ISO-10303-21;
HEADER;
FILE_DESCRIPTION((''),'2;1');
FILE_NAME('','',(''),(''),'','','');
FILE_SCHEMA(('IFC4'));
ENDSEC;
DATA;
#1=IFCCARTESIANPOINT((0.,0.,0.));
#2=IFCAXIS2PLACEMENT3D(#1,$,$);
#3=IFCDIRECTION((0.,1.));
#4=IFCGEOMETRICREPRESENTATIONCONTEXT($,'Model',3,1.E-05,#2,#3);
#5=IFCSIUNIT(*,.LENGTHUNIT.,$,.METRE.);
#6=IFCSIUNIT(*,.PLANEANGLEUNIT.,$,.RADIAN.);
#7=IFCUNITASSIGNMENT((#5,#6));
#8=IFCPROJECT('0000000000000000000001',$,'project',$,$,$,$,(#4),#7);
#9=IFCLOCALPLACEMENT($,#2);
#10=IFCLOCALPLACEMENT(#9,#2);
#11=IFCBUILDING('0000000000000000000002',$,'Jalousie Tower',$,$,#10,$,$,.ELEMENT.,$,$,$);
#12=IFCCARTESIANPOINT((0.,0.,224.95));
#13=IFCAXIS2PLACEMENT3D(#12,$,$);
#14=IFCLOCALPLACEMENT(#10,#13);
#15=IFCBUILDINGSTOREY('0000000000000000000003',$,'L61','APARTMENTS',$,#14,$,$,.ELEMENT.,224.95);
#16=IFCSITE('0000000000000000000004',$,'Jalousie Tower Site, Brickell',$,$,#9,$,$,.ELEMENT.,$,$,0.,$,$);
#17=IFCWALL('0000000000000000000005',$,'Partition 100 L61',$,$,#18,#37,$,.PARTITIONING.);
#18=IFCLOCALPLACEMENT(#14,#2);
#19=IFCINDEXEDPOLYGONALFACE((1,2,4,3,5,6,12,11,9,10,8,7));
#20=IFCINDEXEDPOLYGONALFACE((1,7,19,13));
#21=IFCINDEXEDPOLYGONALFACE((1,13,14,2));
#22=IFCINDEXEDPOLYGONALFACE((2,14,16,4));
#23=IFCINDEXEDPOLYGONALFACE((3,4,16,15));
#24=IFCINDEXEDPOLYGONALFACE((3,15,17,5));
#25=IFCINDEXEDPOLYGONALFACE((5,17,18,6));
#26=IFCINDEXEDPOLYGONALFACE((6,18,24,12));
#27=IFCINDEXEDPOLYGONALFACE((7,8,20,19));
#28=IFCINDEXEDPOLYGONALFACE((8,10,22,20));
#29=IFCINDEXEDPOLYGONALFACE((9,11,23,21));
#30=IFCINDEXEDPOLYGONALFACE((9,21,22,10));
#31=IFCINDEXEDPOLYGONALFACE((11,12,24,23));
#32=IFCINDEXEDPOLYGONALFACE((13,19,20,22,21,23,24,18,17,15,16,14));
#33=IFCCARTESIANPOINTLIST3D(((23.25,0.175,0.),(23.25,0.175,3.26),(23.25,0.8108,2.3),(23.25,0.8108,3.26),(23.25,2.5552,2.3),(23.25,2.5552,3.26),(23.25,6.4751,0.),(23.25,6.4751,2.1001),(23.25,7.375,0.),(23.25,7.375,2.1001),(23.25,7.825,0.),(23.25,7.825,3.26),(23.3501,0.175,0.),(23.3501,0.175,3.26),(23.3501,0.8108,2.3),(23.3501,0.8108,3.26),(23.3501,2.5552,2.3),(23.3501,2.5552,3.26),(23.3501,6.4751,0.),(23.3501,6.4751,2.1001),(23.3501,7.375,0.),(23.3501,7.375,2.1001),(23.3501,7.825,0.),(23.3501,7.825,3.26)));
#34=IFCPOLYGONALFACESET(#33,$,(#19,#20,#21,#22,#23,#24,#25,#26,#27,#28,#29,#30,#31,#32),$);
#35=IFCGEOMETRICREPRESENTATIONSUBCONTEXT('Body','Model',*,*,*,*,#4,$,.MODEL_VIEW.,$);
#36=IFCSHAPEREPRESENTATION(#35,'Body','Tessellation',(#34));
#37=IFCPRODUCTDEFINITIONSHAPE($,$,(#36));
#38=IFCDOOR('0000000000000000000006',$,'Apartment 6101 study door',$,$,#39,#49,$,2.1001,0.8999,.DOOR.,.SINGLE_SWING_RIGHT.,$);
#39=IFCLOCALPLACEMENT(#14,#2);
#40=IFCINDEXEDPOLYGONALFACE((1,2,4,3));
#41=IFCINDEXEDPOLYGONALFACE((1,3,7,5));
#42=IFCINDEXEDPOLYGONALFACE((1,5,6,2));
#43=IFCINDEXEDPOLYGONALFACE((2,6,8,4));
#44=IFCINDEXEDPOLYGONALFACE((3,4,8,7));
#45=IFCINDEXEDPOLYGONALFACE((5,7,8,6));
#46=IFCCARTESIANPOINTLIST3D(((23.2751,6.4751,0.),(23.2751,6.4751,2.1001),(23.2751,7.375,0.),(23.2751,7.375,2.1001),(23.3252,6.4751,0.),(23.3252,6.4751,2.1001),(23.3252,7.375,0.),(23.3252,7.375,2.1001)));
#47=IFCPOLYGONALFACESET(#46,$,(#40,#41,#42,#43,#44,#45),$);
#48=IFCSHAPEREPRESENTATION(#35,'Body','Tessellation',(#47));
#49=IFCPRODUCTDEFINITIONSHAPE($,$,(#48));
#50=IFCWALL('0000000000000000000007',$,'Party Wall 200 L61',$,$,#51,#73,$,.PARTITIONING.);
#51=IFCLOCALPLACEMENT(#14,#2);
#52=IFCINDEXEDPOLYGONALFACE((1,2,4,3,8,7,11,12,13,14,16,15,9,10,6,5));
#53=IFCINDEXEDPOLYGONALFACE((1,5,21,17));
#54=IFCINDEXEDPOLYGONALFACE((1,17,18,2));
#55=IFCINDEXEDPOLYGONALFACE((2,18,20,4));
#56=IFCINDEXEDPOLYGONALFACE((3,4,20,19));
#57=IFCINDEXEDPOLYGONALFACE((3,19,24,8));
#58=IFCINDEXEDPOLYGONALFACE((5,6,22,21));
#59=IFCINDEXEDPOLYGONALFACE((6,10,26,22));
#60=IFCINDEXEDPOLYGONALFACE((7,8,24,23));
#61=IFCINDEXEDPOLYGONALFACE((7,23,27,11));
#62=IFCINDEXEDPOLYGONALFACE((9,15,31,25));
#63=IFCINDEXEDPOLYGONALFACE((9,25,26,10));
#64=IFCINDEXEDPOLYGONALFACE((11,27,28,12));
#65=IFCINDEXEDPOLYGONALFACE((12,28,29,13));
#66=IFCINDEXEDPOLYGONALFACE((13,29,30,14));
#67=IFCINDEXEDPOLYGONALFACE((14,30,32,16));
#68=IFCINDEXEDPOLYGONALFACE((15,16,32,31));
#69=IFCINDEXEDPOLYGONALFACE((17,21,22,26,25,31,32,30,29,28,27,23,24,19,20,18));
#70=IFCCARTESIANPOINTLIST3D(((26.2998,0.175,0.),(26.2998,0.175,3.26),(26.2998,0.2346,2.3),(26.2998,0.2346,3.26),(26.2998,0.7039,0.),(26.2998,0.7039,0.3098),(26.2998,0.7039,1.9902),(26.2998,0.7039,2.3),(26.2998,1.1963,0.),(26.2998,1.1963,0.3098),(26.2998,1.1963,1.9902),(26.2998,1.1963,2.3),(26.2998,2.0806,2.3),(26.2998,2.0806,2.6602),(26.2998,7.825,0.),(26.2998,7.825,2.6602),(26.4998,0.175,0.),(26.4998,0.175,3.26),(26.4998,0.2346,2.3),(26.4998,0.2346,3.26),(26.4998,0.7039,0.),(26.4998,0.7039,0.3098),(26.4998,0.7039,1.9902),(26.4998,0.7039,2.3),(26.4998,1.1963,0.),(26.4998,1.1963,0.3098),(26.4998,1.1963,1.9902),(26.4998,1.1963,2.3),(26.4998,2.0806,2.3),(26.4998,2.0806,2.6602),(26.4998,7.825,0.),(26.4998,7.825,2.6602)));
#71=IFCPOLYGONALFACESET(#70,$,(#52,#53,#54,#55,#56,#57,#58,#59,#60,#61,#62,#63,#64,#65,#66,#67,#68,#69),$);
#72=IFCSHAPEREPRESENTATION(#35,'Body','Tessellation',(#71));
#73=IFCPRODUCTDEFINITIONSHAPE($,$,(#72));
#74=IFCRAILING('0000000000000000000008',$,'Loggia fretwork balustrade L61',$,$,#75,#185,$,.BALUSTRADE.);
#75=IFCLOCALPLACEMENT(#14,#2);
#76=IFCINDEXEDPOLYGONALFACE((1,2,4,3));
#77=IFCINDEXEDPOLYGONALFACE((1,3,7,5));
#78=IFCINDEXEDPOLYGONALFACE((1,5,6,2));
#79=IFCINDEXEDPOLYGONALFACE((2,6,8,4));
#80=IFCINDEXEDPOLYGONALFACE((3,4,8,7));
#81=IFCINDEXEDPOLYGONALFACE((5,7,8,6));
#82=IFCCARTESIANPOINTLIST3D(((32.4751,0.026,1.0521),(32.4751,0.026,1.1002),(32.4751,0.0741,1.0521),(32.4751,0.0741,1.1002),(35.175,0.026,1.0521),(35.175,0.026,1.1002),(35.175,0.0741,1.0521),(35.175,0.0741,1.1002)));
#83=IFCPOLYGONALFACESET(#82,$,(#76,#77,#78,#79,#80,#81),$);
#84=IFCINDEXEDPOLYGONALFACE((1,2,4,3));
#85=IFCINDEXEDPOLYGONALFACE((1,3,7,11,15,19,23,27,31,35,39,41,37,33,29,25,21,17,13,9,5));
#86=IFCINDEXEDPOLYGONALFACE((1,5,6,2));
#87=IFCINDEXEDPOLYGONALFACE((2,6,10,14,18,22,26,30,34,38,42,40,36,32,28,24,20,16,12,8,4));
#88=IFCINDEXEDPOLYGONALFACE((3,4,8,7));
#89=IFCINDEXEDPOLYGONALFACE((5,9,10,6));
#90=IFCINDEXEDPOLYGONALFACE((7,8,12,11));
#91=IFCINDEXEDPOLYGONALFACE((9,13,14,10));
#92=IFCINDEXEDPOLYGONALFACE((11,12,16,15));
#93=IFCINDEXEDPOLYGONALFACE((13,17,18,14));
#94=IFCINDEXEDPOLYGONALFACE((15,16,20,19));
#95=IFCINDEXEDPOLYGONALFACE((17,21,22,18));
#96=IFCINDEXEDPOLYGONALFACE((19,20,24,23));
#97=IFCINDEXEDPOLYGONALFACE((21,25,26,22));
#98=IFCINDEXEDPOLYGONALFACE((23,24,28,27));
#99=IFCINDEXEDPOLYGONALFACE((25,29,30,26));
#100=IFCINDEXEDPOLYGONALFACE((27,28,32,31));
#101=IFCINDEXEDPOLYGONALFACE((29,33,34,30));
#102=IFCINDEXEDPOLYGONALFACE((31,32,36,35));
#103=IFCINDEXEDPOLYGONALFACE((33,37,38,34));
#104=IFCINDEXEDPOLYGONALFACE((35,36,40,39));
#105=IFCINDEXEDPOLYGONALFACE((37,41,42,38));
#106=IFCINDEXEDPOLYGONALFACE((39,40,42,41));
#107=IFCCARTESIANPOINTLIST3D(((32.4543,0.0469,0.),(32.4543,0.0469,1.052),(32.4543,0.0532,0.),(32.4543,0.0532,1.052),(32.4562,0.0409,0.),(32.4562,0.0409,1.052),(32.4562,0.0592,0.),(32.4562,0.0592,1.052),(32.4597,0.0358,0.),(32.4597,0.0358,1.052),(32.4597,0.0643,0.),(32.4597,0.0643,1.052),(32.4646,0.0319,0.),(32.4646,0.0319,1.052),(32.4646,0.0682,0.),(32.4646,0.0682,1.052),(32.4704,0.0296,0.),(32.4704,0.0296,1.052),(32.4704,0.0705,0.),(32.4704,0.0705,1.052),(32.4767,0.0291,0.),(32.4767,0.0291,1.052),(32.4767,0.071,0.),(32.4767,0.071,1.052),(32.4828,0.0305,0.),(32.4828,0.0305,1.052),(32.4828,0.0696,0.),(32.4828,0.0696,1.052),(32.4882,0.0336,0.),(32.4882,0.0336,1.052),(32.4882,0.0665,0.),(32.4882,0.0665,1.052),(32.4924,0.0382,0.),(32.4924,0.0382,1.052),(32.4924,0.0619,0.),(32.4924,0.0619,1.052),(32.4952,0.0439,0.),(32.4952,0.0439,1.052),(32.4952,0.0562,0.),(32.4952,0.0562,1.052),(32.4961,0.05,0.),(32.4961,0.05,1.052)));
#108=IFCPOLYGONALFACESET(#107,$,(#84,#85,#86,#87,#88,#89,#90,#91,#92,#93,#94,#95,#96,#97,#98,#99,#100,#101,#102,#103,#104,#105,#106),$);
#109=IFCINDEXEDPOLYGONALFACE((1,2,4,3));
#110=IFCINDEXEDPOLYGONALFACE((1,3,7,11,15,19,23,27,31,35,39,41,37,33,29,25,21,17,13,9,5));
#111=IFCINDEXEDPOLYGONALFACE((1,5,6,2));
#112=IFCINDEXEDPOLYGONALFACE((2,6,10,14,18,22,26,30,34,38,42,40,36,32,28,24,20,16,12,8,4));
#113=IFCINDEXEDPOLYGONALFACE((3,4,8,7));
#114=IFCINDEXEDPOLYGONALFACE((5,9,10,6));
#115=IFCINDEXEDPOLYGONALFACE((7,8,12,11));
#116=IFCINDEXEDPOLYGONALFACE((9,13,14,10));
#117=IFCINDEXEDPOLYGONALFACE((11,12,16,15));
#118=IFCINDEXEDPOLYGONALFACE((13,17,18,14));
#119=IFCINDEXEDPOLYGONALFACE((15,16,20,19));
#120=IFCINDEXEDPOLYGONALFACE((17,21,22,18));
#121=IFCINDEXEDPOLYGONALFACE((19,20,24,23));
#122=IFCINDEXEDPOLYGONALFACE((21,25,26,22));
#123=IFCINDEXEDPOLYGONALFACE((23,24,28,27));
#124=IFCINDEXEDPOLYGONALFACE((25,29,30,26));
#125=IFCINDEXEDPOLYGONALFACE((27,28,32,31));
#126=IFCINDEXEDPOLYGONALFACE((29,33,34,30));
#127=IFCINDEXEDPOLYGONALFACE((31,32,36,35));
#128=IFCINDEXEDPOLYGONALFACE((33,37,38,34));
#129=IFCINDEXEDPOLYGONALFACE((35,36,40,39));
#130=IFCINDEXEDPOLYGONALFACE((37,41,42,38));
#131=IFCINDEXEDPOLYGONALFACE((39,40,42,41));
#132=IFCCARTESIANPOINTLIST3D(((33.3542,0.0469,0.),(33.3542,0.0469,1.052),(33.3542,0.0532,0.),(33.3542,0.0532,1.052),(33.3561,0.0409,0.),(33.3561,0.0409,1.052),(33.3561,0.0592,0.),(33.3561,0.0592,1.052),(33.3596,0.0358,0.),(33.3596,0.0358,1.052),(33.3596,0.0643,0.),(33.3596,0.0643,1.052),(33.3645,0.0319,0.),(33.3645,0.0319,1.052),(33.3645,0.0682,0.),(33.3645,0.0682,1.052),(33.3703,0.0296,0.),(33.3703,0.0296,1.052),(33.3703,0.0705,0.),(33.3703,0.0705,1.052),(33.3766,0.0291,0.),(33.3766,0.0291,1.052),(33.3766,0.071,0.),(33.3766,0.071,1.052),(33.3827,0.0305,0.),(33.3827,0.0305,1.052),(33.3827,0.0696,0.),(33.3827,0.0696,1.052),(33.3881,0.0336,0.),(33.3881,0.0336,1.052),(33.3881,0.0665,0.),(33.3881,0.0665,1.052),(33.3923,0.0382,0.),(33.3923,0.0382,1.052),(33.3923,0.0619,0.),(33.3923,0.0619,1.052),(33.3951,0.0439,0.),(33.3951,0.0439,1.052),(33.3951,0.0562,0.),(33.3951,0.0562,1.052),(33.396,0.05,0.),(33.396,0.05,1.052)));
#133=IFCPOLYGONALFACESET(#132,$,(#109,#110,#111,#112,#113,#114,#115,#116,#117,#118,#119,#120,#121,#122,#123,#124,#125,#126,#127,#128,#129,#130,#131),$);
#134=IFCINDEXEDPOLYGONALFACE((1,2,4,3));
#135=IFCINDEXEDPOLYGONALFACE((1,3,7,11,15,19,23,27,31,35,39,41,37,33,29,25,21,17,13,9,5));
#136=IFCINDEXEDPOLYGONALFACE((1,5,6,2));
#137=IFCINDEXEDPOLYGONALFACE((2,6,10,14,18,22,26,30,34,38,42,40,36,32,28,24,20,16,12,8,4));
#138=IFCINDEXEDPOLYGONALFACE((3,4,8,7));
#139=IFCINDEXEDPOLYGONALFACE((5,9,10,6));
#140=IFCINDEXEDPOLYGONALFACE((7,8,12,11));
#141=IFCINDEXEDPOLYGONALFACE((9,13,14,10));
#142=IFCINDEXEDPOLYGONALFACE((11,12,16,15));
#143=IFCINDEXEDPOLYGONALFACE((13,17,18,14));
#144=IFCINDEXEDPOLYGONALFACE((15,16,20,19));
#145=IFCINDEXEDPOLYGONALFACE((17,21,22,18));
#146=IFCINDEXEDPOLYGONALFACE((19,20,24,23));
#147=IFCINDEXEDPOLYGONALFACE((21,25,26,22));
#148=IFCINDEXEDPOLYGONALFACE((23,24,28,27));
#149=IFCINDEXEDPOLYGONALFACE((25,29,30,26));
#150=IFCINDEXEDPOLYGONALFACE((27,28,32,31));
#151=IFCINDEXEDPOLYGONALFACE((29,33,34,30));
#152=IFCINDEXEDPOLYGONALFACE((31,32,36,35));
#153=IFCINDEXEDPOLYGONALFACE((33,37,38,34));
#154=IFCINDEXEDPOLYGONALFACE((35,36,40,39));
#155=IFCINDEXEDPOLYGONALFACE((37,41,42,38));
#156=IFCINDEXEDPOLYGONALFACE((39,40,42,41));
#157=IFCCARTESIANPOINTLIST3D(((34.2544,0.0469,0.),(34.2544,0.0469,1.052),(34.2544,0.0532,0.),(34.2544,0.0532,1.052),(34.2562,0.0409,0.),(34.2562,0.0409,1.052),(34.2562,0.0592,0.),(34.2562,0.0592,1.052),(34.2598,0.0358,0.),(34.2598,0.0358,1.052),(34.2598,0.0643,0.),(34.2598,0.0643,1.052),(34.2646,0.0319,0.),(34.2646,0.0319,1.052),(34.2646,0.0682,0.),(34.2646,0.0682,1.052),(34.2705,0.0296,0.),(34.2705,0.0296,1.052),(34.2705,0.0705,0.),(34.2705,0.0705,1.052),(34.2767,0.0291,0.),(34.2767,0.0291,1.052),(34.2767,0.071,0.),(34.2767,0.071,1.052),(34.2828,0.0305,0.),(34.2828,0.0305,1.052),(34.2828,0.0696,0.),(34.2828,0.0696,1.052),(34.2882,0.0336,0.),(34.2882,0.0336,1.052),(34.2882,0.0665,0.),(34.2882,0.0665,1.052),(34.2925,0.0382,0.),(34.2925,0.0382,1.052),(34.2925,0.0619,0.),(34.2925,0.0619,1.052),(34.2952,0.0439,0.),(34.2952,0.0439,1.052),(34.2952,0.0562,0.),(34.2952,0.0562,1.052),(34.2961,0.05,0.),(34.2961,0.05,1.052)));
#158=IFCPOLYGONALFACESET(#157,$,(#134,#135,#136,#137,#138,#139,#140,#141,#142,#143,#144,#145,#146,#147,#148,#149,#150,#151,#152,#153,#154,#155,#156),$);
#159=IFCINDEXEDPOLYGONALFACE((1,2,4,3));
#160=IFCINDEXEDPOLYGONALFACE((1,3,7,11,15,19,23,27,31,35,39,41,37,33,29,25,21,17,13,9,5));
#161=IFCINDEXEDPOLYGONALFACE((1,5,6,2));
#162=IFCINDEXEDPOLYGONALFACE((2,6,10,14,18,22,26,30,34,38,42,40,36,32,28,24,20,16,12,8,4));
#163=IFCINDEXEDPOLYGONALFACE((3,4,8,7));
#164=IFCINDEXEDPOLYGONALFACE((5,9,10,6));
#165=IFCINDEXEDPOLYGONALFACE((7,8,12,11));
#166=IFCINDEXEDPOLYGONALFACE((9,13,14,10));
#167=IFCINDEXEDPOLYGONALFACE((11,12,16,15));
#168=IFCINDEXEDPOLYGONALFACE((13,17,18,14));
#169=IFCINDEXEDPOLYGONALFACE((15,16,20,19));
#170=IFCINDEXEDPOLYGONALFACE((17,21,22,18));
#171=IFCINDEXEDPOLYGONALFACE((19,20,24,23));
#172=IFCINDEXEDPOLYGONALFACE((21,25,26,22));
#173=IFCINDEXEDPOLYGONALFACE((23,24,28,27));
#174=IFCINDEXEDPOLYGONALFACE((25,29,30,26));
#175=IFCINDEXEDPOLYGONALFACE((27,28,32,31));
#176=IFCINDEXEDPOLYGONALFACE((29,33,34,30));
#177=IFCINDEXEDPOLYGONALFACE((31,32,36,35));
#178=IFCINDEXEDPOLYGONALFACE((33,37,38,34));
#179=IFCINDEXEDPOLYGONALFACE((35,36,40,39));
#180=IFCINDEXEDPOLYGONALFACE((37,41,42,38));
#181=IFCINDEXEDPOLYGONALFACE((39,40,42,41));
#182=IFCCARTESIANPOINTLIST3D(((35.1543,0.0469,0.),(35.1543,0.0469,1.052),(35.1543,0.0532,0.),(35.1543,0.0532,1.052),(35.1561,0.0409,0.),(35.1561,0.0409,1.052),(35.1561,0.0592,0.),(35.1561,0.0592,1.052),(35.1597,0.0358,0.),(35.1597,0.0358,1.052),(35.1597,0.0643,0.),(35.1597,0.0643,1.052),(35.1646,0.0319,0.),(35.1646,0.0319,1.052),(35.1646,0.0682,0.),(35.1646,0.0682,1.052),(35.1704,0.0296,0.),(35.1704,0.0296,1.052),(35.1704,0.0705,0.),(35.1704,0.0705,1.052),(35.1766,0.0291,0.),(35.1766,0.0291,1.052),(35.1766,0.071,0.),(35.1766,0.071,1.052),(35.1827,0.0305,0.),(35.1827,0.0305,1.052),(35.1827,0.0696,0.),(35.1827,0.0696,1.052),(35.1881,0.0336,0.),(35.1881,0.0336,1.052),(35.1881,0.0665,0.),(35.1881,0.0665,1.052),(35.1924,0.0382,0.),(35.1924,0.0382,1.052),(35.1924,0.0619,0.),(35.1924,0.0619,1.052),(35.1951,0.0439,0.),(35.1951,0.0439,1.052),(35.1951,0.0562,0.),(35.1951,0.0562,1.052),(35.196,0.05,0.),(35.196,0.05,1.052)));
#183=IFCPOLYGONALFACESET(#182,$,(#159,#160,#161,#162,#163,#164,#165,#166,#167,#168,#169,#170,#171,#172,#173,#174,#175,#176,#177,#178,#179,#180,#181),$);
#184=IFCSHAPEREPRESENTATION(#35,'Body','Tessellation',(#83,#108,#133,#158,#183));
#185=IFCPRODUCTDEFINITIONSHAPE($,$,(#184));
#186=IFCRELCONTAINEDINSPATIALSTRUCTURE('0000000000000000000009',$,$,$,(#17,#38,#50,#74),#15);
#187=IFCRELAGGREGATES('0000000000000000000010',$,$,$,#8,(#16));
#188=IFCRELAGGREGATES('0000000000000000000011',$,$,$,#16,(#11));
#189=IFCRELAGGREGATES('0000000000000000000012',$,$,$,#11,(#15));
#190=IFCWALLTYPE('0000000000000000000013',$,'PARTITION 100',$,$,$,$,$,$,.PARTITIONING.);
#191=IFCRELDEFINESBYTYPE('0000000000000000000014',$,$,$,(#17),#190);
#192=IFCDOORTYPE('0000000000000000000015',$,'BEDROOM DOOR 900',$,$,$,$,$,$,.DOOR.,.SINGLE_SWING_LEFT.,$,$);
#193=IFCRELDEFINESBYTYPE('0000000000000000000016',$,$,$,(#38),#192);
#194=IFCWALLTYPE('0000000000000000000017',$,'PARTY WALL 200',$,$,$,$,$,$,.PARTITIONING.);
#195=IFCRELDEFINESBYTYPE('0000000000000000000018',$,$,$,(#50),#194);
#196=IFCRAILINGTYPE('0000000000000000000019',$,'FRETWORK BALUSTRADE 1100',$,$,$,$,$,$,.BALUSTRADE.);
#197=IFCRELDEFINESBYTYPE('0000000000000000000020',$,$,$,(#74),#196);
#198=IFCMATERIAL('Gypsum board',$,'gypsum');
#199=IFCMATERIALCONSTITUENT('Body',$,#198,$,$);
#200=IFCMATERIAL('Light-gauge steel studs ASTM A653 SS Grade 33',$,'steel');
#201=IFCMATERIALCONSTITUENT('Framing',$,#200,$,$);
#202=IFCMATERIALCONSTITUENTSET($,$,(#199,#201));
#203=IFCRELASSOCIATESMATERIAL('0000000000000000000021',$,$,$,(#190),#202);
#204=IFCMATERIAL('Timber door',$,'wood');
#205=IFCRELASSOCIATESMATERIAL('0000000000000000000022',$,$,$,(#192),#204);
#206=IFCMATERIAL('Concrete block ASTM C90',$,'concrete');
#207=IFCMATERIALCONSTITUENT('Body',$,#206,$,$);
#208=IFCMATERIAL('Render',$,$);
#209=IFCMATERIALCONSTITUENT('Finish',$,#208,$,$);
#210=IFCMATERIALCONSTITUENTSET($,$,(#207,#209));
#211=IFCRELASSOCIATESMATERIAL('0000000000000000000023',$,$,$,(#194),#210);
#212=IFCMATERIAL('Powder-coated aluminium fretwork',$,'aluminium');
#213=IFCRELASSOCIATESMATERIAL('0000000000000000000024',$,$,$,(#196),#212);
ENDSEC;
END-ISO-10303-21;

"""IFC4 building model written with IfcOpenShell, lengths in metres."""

from ifc_helpers import new_model, si_unit, direction, frame, frame_2d, origin, origin_2d, place, context, subcontext, project, spatial, polyline, rectangle, circle, outline, extrude, material, constituent, constituent_set, type_object, element, fill, save


model = new_model("IFC4")

# Units and contexts
model_context = context("Model", 3, precision=1e-05, world=origin(), true_north=direction((0.0, 1.0)))
body_context = subcontext(model_context, "Body", "Model", "MODEL_VIEW")
ifc_project = project(units=[si_unit("LENGTHUNIT", "METRE"), si_unit("PLANEANGLEUNIT", "RADIAN")], contexts=[model_context])

# Site, building, storey
site_placement = place(None, origin())
site = spatial("IfcSite", under=ifc_project, at=site_placement, Name="Jalousie Tower Site, Brickell", CompositionType="ELEMENT", RefElevation=0.0)
building_placement = place(site_placement, origin())
building = spatial("IfcBuilding", under=site, at=building_placement, Name="Jalousie Tower", CompositionType="ELEMENT")
storey_placement = place(building_placement, frame((0.0, 0.0, 224.95)))
storey = spatial("IfcBuildingStorey", under=building, at=storey_placement, Name="L61", Description="APARTMENTS", CompositionType="ELEMENT", Elevation=224.95)

# Wall, opening, door
ifc_material_1 = material(Name="Gypsum board", Category="gypsum")
ifc_constituent_1 = constituent(ifc_material_1, Name="Body")
ifc_material_2 = material(Name="Light-gauge steel studs ASTM A653 SS Grade 33", Category="steel")
ifc_constituent_2 = constituent(ifc_material_2, Name="Framing")
ifc_constituent_set_1 = constituent_set(constituents=[ifc_constituent_1, ifc_constituent_2])
wall_type_1 = type_object("IfcWallType", Name="PARTITION 100", PredefinedType="PARTITIONING", material=ifc_constituent_set_1)
wall_1_placement = place(storey_placement, frame((23.3, 0.175, 0.0), z_axis=(0.0, 0.0, 1.0), x_axis=(0.0, 1.0, 0.0)))
wall_1 = element("IfcWall", 1, at=wall_1_placement, inside=storey, type_object=wall_type_1, Name="Partition 100 L61", PredefinedType="PARTITIONING", context=body_context, shape_type="SweptSolid", body=[
    extrude(outline(polyline([(0.0, 0.0), (7.6499, 0.0), (7.6499, 3.26), (2.3801, 3.26), (2.3801, 2.3), (0.6357, 2.3), (0.6357, 3.26), (0.0, 3.26), (0.0, 0.0)])), frame((0.0, 0.05, 0.0), z_axis=(0.0, -1.0, 0.0), x_axis=(1.0, 0.0, 0.0)), (0.0, 0.0, 1.0), 0.1001),
])
opening_1_placement = place(wall_1_placement, frame((6.3, 0.0, 0.0)))
opening_1 = element("IfcOpeningElement", 2, at=opening_1_placement, cuts=wall_1, PredefinedType="OPENING", context=body_context, shape_type="SweptSolid", body=[
    extrude(rectangle(XDim=0.8999, YDim=2.1001, at=frame_2d((0.45, 1.05))), frame((0.0, 0.0601, 0.0), z_axis=(0.0, -1.0, 0.0), x_axis=(1.0, 0.0, 0.0)), (0.0, 0.0, 1.0), 0.1201),
])
ifc_material_3 = material(Name="Timber door", Category="wood")
door_type = type_object("IfcDoorType", Name="BEDROOM DOOR 900", OperationType="SINGLE_SWING_LEFT", PredefinedType="DOOR", material=ifc_material_3)
door_placement = place(opening_1_placement, origin())
door = element("IfcDoor", 3, at=door_placement, inside=storey, type_object=door_type, Name="Apartment 6101 study door", OperationType="SINGLE_SWING_RIGHT", OverallHeight=2.1001, OverallWidth=0.8999, PredefinedType="DOOR", context=body_context, shape_type="SweptSolid", body=[
    extrude(rectangle(XDim=0.8999, YDim=2.1001, at=frame_2d((0.45, 1.05))), frame((0.0, 0.0249, 0.0), z_axis=(0.0, -1.0, 0.0), x_axis=(1.0, 0.0, 0.0)), (0.0, 0.0, 1.0), 0.05),
])
fill(opening_1, door)

# Wall
ifc_material_4 = material(Name="Concrete block ASTM C90", Category="concrete")
ifc_constituent_3 = constituent(ifc_material_4, Name="Body")
ifc_material_5 = material(Name="Render")
ifc_constituent_4 = constituent(ifc_material_5, Name="Finish")
ifc_constituent_set_2 = constituent_set(constituents=[ifc_constituent_3, ifc_constituent_4])
wall_type_2 = type_object("IfcWallType", Name="PARTY WALL 200", PredefinedType="PARTITIONING", material=ifc_constituent_set_2)
wall_2_placement = place(storey_placement, frame((26.3999, 0.175, 0.0), z_axis=(0.0, 0.0, 1.0), x_axis=(0.0, 1.0, 0.0)))
element("IfcWall", 4, at=wall_2_placement, inside=storey, type_object=wall_type_2, Name="Party Wall 200 L61", PredefinedType="PARTITIONING", context=body_context, shape_type="SweptSolid", body=[
    extrude(outline(polyline([(0.0596, 3.26), (0.0, 3.26), (0.0, 0.0), (0.5288, 0.0), (0.5288, 0.3098), (1.0212, 0.3098), (1.0212, 0.0), (7.6499, 0.0), (7.6499, 2.6602), (1.9055, 2.6602), (1.9055, 2.3), (1.0212, 2.3), (1.0212, 1.9902), (0.5288, 1.9902), (0.5288, 2.3), (0.0596, 2.3), (0.0596, 3.26)])), frame((0.0, 0.1001, 0.0), z_axis=(0.0, -1.0, 0.0), x_axis=(1.0, 0.0, 0.0)), (0.0, 0.0, 1.0), 0.2),
])

# Railing
ifc_material_6 = material(Name="Powder-coated aluminium fretwork", Category="aluminium")
railing_type = type_object("IfcRailingType", Name="FRETWORK BALUSTRADE 1100", PredefinedType="BALUSTRADE", material=ifc_material_6)
railing_placement = place(storey_placement, frame((32.4751, 0.05, 0.0)))
element("IfcRailing", 5, at=railing_placement, inside=storey, type_object=railing_type, Name="Loggia fretwork balustrade L61", PredefinedType="BALUSTRADE", context=body_context, shape_type="SweptSolid", body=[
    extrude(rectangle(XDim=0.0481, YDim=0.0481, at=origin_2d()), frame((0.0, 0.0, 1.0762), z_axis=(1.0, 0.0, 0.0), x_axis=(0.0, 1.0, 0.0)), (0.0, 0.0, 1.0), 2.7),
    extrude(circle(Radius=0.021, at=origin_2d()), origin(), (0.0, 0.0, 1.0), 1.052),
    extrude(circle(Radius=0.021, at=origin_2d()), frame((0.8999, 0.0, 0.0)), (0.0, 0.0, 1.0), 1.052),
    extrude(circle(Radius=0.021, at=origin_2d()), frame((1.8, 0.0, 0.0)), (0.0, 0.0, 1.0), 1.052),
    extrude(circle(Radius=0.021, at=origin_2d()), frame((2.7, 0.0, 0.0)), (0.0, 0.0, 1.0), 1.052),
])

save(model, "model.ifc")
